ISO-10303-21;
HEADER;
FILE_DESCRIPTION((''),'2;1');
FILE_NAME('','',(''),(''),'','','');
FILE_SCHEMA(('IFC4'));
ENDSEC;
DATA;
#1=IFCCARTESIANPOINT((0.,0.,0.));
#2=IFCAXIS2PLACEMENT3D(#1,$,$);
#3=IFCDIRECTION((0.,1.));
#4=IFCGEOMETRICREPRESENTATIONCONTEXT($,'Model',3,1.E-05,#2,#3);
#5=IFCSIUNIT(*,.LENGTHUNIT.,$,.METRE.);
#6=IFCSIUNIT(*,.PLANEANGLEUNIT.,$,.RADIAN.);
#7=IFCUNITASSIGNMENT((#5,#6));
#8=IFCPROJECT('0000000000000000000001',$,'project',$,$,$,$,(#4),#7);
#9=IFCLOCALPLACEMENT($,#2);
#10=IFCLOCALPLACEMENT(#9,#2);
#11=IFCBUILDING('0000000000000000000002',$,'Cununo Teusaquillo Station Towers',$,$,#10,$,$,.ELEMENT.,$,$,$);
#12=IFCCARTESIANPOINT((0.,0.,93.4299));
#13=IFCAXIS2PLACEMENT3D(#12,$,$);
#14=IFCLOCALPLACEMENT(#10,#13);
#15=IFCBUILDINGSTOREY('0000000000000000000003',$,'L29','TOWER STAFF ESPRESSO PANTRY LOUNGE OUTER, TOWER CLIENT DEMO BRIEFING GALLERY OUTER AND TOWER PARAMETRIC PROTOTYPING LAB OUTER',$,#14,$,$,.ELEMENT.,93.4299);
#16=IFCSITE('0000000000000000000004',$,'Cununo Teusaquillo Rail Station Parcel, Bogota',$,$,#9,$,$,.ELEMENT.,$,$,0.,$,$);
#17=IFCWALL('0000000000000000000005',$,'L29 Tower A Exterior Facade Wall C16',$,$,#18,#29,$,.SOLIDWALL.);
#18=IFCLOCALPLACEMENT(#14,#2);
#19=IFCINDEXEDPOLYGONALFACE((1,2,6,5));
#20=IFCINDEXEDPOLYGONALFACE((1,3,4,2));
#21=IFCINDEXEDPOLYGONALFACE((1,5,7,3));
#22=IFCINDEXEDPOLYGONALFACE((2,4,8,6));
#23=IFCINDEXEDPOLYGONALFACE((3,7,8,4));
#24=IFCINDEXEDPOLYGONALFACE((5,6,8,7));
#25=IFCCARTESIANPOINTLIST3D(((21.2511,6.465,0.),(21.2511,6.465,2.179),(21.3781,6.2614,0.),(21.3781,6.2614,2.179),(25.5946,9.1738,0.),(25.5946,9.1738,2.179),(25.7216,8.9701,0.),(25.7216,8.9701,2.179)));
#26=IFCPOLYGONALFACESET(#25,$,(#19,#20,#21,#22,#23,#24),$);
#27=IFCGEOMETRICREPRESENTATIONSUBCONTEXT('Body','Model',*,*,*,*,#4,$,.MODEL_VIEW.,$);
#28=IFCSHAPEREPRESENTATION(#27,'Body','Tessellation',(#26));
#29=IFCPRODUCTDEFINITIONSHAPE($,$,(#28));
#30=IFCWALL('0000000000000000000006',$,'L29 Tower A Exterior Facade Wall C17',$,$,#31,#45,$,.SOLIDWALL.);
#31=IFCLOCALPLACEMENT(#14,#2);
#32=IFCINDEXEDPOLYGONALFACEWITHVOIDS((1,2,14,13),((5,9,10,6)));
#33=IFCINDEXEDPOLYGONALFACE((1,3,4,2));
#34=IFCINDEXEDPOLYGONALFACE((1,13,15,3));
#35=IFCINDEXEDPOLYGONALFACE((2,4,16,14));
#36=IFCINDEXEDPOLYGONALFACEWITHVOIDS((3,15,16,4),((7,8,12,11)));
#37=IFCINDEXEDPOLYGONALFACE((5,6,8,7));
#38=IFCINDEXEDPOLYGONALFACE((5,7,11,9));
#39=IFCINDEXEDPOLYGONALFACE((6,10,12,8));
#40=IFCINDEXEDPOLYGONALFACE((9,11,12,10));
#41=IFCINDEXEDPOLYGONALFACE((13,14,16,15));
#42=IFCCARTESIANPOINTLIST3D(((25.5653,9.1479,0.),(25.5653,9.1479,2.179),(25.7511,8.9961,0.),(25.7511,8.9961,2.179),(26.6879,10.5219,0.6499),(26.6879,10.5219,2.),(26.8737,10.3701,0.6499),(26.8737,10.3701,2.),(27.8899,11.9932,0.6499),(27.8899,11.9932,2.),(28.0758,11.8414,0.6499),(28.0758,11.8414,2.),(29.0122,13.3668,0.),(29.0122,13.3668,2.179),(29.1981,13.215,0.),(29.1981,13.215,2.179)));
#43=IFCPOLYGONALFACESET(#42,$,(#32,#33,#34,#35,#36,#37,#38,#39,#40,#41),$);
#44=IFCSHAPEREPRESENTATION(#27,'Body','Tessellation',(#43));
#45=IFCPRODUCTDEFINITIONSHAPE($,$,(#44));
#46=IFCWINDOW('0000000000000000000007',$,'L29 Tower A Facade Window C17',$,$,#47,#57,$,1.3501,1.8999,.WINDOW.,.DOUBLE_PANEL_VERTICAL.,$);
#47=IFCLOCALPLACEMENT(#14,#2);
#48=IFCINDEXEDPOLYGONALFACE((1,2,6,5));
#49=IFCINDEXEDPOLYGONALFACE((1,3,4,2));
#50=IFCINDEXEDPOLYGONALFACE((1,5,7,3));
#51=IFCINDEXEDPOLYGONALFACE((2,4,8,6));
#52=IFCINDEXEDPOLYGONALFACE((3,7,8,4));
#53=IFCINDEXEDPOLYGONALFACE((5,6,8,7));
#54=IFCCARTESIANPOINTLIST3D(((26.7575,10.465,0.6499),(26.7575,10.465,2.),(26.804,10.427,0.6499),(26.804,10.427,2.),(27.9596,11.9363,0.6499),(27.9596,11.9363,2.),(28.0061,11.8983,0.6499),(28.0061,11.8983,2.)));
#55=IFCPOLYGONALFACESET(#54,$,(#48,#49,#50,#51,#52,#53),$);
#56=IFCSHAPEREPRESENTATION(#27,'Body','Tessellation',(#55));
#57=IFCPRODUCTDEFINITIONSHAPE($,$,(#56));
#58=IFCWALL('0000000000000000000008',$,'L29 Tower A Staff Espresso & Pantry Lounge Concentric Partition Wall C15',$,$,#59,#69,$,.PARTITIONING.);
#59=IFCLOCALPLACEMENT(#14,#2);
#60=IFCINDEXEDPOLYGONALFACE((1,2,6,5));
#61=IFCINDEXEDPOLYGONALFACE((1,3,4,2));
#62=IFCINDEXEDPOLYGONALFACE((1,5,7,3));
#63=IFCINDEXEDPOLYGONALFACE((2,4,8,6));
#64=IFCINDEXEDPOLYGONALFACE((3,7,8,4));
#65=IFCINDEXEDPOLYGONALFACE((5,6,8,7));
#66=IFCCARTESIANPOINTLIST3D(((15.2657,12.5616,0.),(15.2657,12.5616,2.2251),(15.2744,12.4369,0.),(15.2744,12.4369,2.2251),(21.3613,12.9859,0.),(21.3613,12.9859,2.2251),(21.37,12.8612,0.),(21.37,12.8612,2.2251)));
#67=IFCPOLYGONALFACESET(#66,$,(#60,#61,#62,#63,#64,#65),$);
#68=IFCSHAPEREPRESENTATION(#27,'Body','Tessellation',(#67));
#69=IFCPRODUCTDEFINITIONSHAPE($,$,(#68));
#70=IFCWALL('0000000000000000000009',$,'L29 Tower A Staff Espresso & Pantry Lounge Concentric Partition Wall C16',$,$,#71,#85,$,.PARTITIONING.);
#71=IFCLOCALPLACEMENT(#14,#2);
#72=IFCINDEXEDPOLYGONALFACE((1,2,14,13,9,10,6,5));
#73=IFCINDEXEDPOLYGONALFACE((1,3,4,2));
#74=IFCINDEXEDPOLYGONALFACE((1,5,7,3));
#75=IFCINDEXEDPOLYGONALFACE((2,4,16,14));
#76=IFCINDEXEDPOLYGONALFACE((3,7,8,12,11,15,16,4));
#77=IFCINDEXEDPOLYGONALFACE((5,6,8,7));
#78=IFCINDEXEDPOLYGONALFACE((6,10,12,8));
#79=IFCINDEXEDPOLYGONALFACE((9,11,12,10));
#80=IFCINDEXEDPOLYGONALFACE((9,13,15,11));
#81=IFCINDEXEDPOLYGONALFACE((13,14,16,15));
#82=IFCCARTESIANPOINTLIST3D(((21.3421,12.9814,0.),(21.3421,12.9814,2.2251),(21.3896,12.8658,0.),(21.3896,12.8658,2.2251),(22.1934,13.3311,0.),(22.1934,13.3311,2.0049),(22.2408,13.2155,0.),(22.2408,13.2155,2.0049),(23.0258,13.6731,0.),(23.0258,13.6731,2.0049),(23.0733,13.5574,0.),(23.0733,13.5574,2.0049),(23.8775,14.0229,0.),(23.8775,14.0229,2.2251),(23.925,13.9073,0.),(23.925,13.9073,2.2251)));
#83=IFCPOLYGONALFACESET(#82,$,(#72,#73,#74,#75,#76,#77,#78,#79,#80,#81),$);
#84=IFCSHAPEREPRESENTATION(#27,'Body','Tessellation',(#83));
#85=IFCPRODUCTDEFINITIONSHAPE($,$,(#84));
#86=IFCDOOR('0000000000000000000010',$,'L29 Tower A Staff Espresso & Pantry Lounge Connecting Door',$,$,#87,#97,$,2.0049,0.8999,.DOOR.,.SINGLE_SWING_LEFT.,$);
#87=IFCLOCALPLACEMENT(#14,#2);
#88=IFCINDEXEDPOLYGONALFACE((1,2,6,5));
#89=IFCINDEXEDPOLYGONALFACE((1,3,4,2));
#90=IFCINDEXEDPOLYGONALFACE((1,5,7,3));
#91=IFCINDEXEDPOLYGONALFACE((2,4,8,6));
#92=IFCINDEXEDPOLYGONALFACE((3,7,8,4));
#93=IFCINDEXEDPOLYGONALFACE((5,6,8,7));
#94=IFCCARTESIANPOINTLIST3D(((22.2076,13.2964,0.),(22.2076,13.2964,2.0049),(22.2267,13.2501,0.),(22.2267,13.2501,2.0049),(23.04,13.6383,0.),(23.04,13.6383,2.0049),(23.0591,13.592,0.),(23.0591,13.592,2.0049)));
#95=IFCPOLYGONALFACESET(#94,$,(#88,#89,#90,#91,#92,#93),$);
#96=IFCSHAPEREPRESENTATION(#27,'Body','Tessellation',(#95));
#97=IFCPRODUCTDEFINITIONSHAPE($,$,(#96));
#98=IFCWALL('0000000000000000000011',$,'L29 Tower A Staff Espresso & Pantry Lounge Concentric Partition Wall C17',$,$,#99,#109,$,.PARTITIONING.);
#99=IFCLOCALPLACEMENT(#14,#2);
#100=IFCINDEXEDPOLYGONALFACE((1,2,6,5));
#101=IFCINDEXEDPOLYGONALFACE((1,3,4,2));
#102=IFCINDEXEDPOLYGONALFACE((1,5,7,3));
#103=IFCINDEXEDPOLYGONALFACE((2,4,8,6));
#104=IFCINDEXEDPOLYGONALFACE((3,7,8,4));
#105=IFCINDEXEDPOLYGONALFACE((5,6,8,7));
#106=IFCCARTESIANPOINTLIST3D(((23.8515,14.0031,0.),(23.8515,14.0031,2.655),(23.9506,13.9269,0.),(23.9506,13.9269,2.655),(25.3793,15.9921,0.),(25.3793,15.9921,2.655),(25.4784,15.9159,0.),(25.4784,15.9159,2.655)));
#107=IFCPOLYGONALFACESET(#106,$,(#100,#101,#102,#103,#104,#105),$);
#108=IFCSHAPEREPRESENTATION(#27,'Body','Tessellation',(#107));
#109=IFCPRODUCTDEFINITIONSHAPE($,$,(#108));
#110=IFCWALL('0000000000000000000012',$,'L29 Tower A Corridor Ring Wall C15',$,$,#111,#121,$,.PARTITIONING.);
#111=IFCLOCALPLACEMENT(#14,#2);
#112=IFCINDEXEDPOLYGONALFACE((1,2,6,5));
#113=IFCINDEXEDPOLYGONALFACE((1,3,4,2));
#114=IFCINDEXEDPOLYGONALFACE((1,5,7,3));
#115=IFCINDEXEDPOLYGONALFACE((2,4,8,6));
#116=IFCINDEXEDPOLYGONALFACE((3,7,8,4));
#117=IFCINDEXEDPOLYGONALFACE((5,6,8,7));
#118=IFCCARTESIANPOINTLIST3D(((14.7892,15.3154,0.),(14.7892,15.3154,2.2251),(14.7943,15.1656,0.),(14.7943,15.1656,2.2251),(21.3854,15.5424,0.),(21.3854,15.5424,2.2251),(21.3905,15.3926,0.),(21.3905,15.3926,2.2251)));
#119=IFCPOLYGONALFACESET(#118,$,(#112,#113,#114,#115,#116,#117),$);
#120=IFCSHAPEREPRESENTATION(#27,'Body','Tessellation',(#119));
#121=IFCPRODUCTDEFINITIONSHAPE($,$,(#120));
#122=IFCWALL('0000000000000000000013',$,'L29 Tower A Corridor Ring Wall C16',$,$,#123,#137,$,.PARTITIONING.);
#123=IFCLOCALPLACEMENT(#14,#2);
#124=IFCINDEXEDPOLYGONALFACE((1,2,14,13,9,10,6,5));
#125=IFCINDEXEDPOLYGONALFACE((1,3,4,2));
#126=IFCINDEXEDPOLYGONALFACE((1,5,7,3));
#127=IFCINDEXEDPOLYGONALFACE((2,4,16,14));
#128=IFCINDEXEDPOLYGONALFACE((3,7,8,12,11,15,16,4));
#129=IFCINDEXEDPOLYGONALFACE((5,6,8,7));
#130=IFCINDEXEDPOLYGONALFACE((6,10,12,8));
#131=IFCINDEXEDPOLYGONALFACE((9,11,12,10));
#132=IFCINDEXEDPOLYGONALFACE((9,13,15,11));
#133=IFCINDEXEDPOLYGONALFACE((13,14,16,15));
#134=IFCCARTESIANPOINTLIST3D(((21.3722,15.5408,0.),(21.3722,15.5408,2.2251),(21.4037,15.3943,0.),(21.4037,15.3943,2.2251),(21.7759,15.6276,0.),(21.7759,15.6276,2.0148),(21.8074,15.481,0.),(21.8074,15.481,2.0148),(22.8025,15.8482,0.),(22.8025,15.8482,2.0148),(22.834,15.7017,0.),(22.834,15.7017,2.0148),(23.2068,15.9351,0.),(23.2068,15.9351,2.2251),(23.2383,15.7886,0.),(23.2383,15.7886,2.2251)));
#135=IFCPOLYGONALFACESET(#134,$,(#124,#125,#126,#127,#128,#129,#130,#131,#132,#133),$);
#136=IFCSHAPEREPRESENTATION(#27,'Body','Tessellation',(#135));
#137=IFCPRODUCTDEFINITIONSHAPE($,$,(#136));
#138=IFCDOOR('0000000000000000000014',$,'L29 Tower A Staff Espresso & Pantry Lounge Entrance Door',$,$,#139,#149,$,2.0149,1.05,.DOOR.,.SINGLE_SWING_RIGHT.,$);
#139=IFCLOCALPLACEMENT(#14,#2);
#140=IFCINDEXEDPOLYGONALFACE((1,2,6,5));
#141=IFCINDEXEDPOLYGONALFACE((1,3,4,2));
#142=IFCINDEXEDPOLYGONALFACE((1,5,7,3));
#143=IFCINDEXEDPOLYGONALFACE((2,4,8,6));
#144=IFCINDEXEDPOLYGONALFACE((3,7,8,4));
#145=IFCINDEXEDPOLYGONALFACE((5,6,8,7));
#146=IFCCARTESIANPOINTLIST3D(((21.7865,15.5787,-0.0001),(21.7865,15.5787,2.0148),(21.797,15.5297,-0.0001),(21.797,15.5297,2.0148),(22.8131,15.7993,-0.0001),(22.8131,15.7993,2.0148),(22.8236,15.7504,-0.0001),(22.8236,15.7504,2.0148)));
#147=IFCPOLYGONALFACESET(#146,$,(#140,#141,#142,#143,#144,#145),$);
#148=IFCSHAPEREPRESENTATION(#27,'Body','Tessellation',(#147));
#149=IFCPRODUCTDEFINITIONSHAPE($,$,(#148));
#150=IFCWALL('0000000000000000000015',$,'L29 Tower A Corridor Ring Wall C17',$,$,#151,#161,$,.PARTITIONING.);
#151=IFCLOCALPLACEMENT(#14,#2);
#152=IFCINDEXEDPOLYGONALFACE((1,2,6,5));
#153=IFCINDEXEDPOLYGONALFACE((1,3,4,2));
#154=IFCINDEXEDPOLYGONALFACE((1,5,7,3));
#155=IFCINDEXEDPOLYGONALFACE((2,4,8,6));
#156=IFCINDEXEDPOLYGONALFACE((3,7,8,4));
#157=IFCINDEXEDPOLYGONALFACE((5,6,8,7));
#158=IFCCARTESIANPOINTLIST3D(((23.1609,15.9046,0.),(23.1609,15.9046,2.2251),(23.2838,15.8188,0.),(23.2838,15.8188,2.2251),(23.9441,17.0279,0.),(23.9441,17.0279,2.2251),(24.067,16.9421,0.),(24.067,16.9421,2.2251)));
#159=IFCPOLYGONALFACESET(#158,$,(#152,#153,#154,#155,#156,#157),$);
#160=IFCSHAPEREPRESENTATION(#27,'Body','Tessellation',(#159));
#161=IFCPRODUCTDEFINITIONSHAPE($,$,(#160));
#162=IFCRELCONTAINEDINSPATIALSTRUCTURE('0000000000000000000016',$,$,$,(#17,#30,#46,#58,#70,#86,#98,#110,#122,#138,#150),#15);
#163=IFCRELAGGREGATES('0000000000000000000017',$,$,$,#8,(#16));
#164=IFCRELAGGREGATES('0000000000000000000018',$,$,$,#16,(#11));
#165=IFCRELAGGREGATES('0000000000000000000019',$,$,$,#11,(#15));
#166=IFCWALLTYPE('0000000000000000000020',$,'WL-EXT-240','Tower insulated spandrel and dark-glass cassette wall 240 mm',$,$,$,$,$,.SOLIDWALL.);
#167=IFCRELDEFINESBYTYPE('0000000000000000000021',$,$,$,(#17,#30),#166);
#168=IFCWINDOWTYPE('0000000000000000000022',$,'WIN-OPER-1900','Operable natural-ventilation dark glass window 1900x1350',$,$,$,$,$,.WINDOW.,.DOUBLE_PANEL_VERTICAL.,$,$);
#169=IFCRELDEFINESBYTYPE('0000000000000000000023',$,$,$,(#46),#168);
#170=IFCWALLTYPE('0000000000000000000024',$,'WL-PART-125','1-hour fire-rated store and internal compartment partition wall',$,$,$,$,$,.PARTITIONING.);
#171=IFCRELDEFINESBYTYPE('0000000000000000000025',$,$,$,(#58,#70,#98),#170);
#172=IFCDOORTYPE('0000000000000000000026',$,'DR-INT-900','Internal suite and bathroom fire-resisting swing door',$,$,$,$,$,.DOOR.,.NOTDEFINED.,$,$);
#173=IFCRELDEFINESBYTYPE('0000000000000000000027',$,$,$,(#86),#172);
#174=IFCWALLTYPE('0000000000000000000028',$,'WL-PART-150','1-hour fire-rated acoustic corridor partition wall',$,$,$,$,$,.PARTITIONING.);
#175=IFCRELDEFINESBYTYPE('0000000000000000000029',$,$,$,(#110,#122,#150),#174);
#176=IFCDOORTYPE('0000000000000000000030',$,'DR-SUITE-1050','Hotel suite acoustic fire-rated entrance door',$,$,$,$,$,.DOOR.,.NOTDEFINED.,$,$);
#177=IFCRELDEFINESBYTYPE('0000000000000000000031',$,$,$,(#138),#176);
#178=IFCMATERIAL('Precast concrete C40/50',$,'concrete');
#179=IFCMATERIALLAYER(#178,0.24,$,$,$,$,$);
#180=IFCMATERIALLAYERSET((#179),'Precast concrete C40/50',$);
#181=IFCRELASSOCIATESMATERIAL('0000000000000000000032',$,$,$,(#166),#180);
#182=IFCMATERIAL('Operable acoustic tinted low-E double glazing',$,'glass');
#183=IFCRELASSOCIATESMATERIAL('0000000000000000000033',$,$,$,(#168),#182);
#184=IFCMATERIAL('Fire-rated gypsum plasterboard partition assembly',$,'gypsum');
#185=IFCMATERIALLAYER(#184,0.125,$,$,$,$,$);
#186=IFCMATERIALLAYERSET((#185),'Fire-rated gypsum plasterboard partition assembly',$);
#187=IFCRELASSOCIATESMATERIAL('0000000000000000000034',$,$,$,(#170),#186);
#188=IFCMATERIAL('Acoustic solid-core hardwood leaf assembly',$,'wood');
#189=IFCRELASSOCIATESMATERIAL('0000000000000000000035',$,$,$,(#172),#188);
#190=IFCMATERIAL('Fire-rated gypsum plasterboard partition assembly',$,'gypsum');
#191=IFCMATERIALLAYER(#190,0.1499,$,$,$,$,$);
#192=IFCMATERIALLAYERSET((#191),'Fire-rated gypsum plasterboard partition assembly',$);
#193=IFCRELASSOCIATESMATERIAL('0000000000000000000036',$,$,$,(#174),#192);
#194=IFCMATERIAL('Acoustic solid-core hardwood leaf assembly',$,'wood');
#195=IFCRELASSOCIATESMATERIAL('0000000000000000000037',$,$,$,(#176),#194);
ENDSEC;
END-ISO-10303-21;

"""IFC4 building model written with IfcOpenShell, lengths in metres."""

from ifc_helpers import new_model, si_unit, direction, frame, frame_2d, origin, place, context, subcontext, project, spatial, rectangle, extrude, source, transform, mapped, material, layer, layer_set, type_object, element, fill, save


model = new_model("IFC4")

# Units and contexts
model_context = context("Model", 3, precision=1e-05, world=origin(), true_north=direction((0.0, 1.0)))
body_context = subcontext(model_context, "Body", "Model", "MODEL_VIEW")
ifc_project = project(units=[si_unit("LENGTHUNIT", "METRE"), si_unit("PLANEANGLEUNIT", "RADIAN")], contexts=[model_context])

# Site, building, storey
site_placement = place(None, origin())
site = spatial("IfcSite", under=ifc_project, at=site_placement, Name="Cununo Teusaquillo Rail Station Parcel, Bogota", CompositionType="ELEMENT", RefElevation=0.0)
building_placement = place(site_placement, origin())
building = spatial("IfcBuilding", under=site, at=building_placement, Name="Cununo Teusaquillo Station Towers", CompositionType="ELEMENT")
storey_placement = place(building_placement, frame((0.0, 0.0, 93.4299)))
storey = spatial("IfcBuildingStorey", under=building, at=storey_placement, Name="L29", Description="TOWER STAFF ESPRESSO PANTRY LOUNGE OUTER, TOWER CLIENT DEMO BRIEFING GALLERY OUTER AND TOWER PARAMETRIC PROTOTYPING LAB OUTER", CompositionType="ELEMENT", Elevation=93.4299)

# Shared definitions
ifc_material_1 = material(Name="Precast concrete C40/50", Category="concrete")
ifc_layer_1 = layer(ifc_material_1, 0.24)
ifc_layer_set_1 = layer_set([ifc_layer_1], Name="Precast concrete C40/50")
wall_type_1 = type_object("IfcWallType", Name="WL-EXT-240", Description="Tower insulated spandrel and dark-glass cassette wall 240 mm", PredefinedType="SOLIDWALL", material=ifc_layer_set_1)
shared_shape_1 = source(origin(), body_context, "Body", "SweptSolid", [
    extrude(rectangle(XDim=1.8999, YDim=1.3501, at=frame_2d((0.95, 0.675))), frame((0.0, 0.1299, 0.0), z_axis=(0.0, -1.0, 0.0), x_axis=(1.0, 0.0, 0.0)), (0.0, 0.0, 1.0), 0.26),
])
ifc_material_2 = material(Name="Operable acoustic tinted low-E double glazing", Category="glass")
window_type = type_object("IfcWindowType", Name="WIN-OPER-1900", Description="Operable natural-ventilation dark glass window 1900x1350", PartitioningType="DOUBLE_PANEL_VERTICAL", PredefinedType="WINDOW", material=ifc_material_2)
shared_shape_2 = source(origin(), body_context, "Body", "SweptSolid", [
    extrude(rectangle(XDim=1.8999, YDim=1.3501, at=frame_2d((0.95, 0.675))), frame((0.0, 0.03, 0.0), z_axis=(0.0, -1.0, 0.0), x_axis=(1.0, 0.0, 0.0)), (0.0, 0.0, 1.0), 0.0601),
])

# Wall
wall_1_placement = place(storey_placement, frame((25.6582, 9.072, 0.0), z_axis=(0.0, 0.0, 1.0), x_axis=(-0.84852, -0.529163, 0.0)))
element("IfcWall", 1, at=wall_1_placement, inside=storey, type_object=wall_type_1, Name="L29 Tower A Exterior Facade Wall C16", PredefinedType="SOLIDWALL", context=body_context, shape_type="SweptSolid", body=[
    extrude(rectangle(XDim=5.1189, YDim=0.24, at=frame_2d((2.5596, 0.0))), origin(), (0.0, 0.0, 1.0), 2.179),
])

# Wall, opening, window
wall_2_placement = place(storey_placement, frame((29.1052, 13.291, 0.0), z_axis=(0.0, 0.0, 1.0), x_axis=(-0.632701, -0.774396, 0.0)))
wall_2 = element("IfcWall", 2, at=wall_2_placement, inside=storey, type_object=wall_type_1, Name="L29 Tower A Exterior Facade Wall C17", PredefinedType="SOLIDWALL", context=body_context, shape_type="SweptSolid", body=[
    extrude(rectangle(XDim=5.448, YDim=0.24, at=frame_2d((2.7241, 0.0))), origin(), (0.0, 0.0, 1.0), 2.179),
])
opening_1_placement = place(wall_2_placement, frame((1.7739, 0.0, 0.6499)))
opening_1 = element("IfcOpeningElement", 3, at=opening_1_placement, cuts=wall_2, PredefinedType="OPENING", context=body_context, shape_type="MappedRepresentation", body=[
    mapped(shared_shape_1, transform((0.0, 0.0, 0.0), x_axis=(1.0, 0.0, 0.0), y_axis=(0.0, 1.0, 0.0), z_axis=(0.0, 0.0, 1.0), scale=1.0)),
])
window_1_placement = place(opening_1_placement, origin())
window_1 = element("IfcWindow", 4, at=window_1_placement, inside=storey, type_object=window_type, Name="L29 Tower A Facade Window C17", OverallHeight=1.3501, OverallWidth=1.8999, PartitioningType="DOUBLE_PANEL_VERTICAL", PredefinedType="WINDOW", context=body_context, shape_type="MappedRepresentation", body=[
    mapped(shared_shape_2, transform((0.0, 0.0, 0.0), x_axis=(1.0, 0.0, 0.0), y_axis=(0.0, 1.0, 0.0), z_axis=(0.0, 0.0, 1.0), scale=1.0)),
])
fill(opening_1, window_1)

# Wall
ifc_material_3 = material(Name="Fire-rated gypsum plasterboard partition assembly", Category="gypsum")
ifc_layer_2 = layer(ifc_material_3, 0.125)
ifc_layer_set_2 = layer_set([ifc_layer_2], Name="Fire-rated gypsum plasterboard partition assembly")
wall_type_2 = type_object("IfcWallType", Name="WL-PART-125", Description="1-hour fire-rated store and internal compartment partition wall", PredefinedType="PARTITIONING", material=ifc_layer_set_2)
wall_3_placement = place(storey_placement, frame((15.27, 12.4993, 0.0), z_axis=(0.0, 0.0, 1.0), x_axis=(0.997586, 0.069441, 0.0)))
element("IfcWall", 5, at=wall_3_placement, inside=storey, type_object=wall_type_2, Name="L29 Tower A Staff Espresso & Pantry Lounge Concentric Partition Wall C15", PredefinedType="PARTITIONING", context=body_context, shape_type="SweptSolid", body=[
    extrude(rectangle(XDim=6.1104, YDim=0.125, at=frame_2d((3.0552, 0.0))), origin(), (0.0, 0.0, 1.0), 2.2251),
])

# Wall, opening, door
wall_4_placement = place(storey_placement, frame((21.3657, 12.9236, 0.0), z_axis=(0.0, 0.0, 1.0), x_axis=(0.924997, 0.379975, 0.0)))
wall_4 = element("IfcWall", 6, at=wall_4_placement, inside=storey, type_object=wall_type_2, Name="L29 Tower A Staff Espresso & Pantry Lounge Concentric Partition Wall C16", PredefinedType="PARTITIONING", context=body_context, shape_type="SweptSolid", body=[
    extrude(rectangle(XDim=2.741, YDim=0.125, at=frame_2d((1.3706, 0.0))), origin(), (0.0, 0.0, 1.0), 2.2251),
])
shared_shape_3 = source(origin(), body_context, "Body", "SweptSolid", [
    extrude(rectangle(XDim=0.8999, YDim=2.0049, at=frame_2d((0.45, 1.0024))), frame((0.0, 0.0725, 0.0), z_axis=(0.0, -1.0, 0.0), x_axis=(1.0, 0.0, 0.0)), (0.0, 0.0, 1.0), 0.145),
])
opening_2_placement = place(wall_4_placement, frame((0.9204, 0.0, 0.0)))
opening_2 = element("IfcOpeningElement", 7, at=opening_2_placement, cuts=wall_4, PredefinedType="OPENING", context=body_context, shape_type="MappedRepresentation", body=[
    mapped(shared_shape_3, transform((0.0, 0.0, 0.0), x_axis=(1.0, 0.0, 0.0), y_axis=(0.0, 1.0, 0.0), z_axis=(0.0, 0.0, 1.0), scale=1.0)),
])
ifc_material_4 = material(Name="Acoustic solid-core hardwood leaf assembly", Category="wood")
door_type_1 = type_object("IfcDoorType", Name="DR-INT-900", Description="Internal suite and bathroom fire-resisting swing door", OperationType="NOTDEFINED", PredefinedType="DOOR", material=ifc_material_4)
shared_shape_4 = source(origin(), body_context, "Body", "SweptSolid", [
    extrude(rectangle(XDim=0.8999, YDim=2.0049, at=frame_2d((0.45, 1.0024))), frame((0.0, 0.0249, 0.0), z_axis=(0.0, -1.0, 0.0), x_axis=(1.0, 0.0, 0.0)), (0.0, 0.0, 1.0), 0.05),
])
door_1_placement = place(opening_2_placement, origin())
door_1 = element("IfcDoor", 8, at=door_1_placement, inside=storey, type_object=door_type_1, Name="L29 Tower A Staff Espresso & Pantry Lounge Connecting Door", OperationType="SINGLE_SWING_LEFT", OverallHeight=2.0049, OverallWidth=0.8999, PredefinedType="DOOR", context=body_context, shape_type="MappedRepresentation", body=[
    mapped(shared_shape_4, transform((0.0, 0.0, 0.0), x_axis=(1.0, 0.0, 0.0), y_axis=(0.0, 1.0, 0.0), z_axis=(0.0, 0.0, 1.0), scale=1.0)),
])
fill(opening_2, door_1)

# Walls
wall_5_placement = place(storey_placement, frame((23.9011, 13.9651, 0.0), z_axis=(0.0, 0.0, 1.0), x_axis=(0.609165, 0.793044, 0.0)))
element("IfcWall", 9, at=wall_5_placement, inside=storey, type_object=wall_type_2, Name="L29 Tower A Staff Espresso & Pantry Lounge Concentric Partition Wall C17", PredefinedType="PARTITIONING", context=body_context, shape_type="SweptSolid", body=[
    extrude(rectangle(XDim=2.5081, YDim=0.125, at=frame_2d((1.2539, 0.0))), origin(), (0.0, 0.0, 1.0), 2.655),
])
ifc_material_5 = material(Name="Fire-rated gypsum plasterboard partition assembly", Category="gypsum")
ifc_layer_3 = layer(ifc_material_5, 0.1499)
ifc_layer_set_3 = layer_set([ifc_layer_3], Name="Fire-rated gypsum plasterboard partition assembly")
wall_type_3 = type_object("IfcWallType", Name="WL-PART-150", Description="1-hour fire-rated acoustic corridor partition wall", PredefinedType="PARTITIONING", material=ifc_layer_set_3)
wall_6_placement = place(storey_placement, frame((14.7917, 15.2405, 0.0), z_axis=(0.0, 0.0, 1.0), x_axis=(0.999408, 0.034401, 0.0)))
element("IfcWall", 10, at=wall_6_placement, inside=storey, type_object=wall_type_3, Name="L29 Tower A Corridor Ring Wall C15", PredefinedType="PARTITIONING", context=body_context, shape_type="SweptSolid", body=[
    extrude(rectangle(XDim=6.6001, YDim=0.1499, at=frame_2d((3.3, 0.0))), origin(), (0.0, 0.0, 1.0), 2.2251),
])

# Wall, opening, door
wall_7_placement = place(storey_placement, frame((21.3879, 15.4675, 0.0), z_axis=(0.0, 0.0, 1.0), x_axis=(0.977673, 0.210133, 0.0)))
wall_7 = element("IfcWall", 11, at=wall_7_placement, inside=storey, type_object=wall_type_3, Name="L29 Tower A Corridor Ring Wall C16", PredefinedType="PARTITIONING", context=body_context, shape_type="SweptSolid", body=[
    extrude(rectangle(XDim=1.8765, YDim=0.1499, at=frame_2d((0.9382, 0.0))), origin(), (0.0, 0.0, 1.0), 2.2251),
])
shared_shape_5 = source(origin(), body_context, "Body", "SweptSolid", [
    extrude(rectangle(XDim=1.05, YDim=2.0149, at=frame_2d((0.5249, 1.0073))), frame((0.0, 0.085, 0.0), z_axis=(0.0, -1.0, 0.0), x_axis=(1.0, 0.0, 0.0)), (0.0, 0.0, 1.0), 0.1699),
])
opening_3_placement = place(wall_7_placement, frame((0.4131, 0.0, 0.0)))
opening_3 = element("IfcOpeningElement", 12, at=opening_3_placement, cuts=wall_7, PredefinedType="OPENING", context=body_context, shape_type="MappedRepresentation", body=[
    mapped(shared_shape_5, transform((0.0, 0.0, 0.0), x_axis=(1.0, 0.0, 0.0), y_axis=(0.0, 1.0, 0.0), z_axis=(0.0, 0.0, 1.0), scale=1.0)),
])
ifc_material_6 = material(Name="Acoustic solid-core hardwood leaf assembly", Category="wood")
door_type_2 = type_object("IfcDoorType", Name="DR-SUITE-1050", Description="Hotel suite acoustic fire-rated entrance door", OperationType="NOTDEFINED", PredefinedType="DOOR", material=ifc_material_6)
shared_shape_6 = source(origin(), body_context, "Body", "SweptSolid", [
    extrude(rectangle(XDim=1.05, YDim=2.0149, at=frame_2d((0.5249, 1.0073))), frame((0.0, 0.0249, 0.0), z_axis=(0.0, -1.0, 0.0), x_axis=(1.0, 0.0, 0.0)), (0.0, 0.0, 1.0), 0.05),
])
door_2_placement = place(opening_3_placement, origin())
door_2 = element("IfcDoor", 13, at=door_2_placement, inside=storey, type_object=door_type_2, Name="L29 Tower A Staff Espresso & Pantry Lounge Entrance Door", OperationType="SINGLE_SWING_RIGHT", OverallHeight=2.0149, OverallWidth=1.05, PredefinedType="DOOR", context=body_context, shape_type="MappedRepresentation", body=[
    mapped(shared_shape_6, transform((0.0, 0.0, 0.0), x_axis=(1.0, 0.0, 0.0), y_axis=(0.0, 1.0, 0.0), z_axis=(0.0, 0.0, 1.0), scale=1.0)),
])
fill(opening_3, door_2)

# Wall
wall_8_placement = place(storey_placement, frame((23.2224, 15.8618, 0.0), z_axis=(0.0, 0.0, 1.0), x_axis=(0.571942, 0.820294, 0.0)))
element("IfcWall", 14, at=wall_8_placement, inside=storey, type_object=wall_type_3, Name="L29 Tower A Corridor Ring Wall C17", PredefinedType="PARTITIONING", context=body_context, shape_type="SweptSolid", body=[
    extrude(rectangle(XDim=1.3694, YDim=0.1499, at=frame_2d((0.6846, 0.0))), origin(), (0.0, 0.0, 1.0), 2.2251),
])

save(model, "model.ifc")
